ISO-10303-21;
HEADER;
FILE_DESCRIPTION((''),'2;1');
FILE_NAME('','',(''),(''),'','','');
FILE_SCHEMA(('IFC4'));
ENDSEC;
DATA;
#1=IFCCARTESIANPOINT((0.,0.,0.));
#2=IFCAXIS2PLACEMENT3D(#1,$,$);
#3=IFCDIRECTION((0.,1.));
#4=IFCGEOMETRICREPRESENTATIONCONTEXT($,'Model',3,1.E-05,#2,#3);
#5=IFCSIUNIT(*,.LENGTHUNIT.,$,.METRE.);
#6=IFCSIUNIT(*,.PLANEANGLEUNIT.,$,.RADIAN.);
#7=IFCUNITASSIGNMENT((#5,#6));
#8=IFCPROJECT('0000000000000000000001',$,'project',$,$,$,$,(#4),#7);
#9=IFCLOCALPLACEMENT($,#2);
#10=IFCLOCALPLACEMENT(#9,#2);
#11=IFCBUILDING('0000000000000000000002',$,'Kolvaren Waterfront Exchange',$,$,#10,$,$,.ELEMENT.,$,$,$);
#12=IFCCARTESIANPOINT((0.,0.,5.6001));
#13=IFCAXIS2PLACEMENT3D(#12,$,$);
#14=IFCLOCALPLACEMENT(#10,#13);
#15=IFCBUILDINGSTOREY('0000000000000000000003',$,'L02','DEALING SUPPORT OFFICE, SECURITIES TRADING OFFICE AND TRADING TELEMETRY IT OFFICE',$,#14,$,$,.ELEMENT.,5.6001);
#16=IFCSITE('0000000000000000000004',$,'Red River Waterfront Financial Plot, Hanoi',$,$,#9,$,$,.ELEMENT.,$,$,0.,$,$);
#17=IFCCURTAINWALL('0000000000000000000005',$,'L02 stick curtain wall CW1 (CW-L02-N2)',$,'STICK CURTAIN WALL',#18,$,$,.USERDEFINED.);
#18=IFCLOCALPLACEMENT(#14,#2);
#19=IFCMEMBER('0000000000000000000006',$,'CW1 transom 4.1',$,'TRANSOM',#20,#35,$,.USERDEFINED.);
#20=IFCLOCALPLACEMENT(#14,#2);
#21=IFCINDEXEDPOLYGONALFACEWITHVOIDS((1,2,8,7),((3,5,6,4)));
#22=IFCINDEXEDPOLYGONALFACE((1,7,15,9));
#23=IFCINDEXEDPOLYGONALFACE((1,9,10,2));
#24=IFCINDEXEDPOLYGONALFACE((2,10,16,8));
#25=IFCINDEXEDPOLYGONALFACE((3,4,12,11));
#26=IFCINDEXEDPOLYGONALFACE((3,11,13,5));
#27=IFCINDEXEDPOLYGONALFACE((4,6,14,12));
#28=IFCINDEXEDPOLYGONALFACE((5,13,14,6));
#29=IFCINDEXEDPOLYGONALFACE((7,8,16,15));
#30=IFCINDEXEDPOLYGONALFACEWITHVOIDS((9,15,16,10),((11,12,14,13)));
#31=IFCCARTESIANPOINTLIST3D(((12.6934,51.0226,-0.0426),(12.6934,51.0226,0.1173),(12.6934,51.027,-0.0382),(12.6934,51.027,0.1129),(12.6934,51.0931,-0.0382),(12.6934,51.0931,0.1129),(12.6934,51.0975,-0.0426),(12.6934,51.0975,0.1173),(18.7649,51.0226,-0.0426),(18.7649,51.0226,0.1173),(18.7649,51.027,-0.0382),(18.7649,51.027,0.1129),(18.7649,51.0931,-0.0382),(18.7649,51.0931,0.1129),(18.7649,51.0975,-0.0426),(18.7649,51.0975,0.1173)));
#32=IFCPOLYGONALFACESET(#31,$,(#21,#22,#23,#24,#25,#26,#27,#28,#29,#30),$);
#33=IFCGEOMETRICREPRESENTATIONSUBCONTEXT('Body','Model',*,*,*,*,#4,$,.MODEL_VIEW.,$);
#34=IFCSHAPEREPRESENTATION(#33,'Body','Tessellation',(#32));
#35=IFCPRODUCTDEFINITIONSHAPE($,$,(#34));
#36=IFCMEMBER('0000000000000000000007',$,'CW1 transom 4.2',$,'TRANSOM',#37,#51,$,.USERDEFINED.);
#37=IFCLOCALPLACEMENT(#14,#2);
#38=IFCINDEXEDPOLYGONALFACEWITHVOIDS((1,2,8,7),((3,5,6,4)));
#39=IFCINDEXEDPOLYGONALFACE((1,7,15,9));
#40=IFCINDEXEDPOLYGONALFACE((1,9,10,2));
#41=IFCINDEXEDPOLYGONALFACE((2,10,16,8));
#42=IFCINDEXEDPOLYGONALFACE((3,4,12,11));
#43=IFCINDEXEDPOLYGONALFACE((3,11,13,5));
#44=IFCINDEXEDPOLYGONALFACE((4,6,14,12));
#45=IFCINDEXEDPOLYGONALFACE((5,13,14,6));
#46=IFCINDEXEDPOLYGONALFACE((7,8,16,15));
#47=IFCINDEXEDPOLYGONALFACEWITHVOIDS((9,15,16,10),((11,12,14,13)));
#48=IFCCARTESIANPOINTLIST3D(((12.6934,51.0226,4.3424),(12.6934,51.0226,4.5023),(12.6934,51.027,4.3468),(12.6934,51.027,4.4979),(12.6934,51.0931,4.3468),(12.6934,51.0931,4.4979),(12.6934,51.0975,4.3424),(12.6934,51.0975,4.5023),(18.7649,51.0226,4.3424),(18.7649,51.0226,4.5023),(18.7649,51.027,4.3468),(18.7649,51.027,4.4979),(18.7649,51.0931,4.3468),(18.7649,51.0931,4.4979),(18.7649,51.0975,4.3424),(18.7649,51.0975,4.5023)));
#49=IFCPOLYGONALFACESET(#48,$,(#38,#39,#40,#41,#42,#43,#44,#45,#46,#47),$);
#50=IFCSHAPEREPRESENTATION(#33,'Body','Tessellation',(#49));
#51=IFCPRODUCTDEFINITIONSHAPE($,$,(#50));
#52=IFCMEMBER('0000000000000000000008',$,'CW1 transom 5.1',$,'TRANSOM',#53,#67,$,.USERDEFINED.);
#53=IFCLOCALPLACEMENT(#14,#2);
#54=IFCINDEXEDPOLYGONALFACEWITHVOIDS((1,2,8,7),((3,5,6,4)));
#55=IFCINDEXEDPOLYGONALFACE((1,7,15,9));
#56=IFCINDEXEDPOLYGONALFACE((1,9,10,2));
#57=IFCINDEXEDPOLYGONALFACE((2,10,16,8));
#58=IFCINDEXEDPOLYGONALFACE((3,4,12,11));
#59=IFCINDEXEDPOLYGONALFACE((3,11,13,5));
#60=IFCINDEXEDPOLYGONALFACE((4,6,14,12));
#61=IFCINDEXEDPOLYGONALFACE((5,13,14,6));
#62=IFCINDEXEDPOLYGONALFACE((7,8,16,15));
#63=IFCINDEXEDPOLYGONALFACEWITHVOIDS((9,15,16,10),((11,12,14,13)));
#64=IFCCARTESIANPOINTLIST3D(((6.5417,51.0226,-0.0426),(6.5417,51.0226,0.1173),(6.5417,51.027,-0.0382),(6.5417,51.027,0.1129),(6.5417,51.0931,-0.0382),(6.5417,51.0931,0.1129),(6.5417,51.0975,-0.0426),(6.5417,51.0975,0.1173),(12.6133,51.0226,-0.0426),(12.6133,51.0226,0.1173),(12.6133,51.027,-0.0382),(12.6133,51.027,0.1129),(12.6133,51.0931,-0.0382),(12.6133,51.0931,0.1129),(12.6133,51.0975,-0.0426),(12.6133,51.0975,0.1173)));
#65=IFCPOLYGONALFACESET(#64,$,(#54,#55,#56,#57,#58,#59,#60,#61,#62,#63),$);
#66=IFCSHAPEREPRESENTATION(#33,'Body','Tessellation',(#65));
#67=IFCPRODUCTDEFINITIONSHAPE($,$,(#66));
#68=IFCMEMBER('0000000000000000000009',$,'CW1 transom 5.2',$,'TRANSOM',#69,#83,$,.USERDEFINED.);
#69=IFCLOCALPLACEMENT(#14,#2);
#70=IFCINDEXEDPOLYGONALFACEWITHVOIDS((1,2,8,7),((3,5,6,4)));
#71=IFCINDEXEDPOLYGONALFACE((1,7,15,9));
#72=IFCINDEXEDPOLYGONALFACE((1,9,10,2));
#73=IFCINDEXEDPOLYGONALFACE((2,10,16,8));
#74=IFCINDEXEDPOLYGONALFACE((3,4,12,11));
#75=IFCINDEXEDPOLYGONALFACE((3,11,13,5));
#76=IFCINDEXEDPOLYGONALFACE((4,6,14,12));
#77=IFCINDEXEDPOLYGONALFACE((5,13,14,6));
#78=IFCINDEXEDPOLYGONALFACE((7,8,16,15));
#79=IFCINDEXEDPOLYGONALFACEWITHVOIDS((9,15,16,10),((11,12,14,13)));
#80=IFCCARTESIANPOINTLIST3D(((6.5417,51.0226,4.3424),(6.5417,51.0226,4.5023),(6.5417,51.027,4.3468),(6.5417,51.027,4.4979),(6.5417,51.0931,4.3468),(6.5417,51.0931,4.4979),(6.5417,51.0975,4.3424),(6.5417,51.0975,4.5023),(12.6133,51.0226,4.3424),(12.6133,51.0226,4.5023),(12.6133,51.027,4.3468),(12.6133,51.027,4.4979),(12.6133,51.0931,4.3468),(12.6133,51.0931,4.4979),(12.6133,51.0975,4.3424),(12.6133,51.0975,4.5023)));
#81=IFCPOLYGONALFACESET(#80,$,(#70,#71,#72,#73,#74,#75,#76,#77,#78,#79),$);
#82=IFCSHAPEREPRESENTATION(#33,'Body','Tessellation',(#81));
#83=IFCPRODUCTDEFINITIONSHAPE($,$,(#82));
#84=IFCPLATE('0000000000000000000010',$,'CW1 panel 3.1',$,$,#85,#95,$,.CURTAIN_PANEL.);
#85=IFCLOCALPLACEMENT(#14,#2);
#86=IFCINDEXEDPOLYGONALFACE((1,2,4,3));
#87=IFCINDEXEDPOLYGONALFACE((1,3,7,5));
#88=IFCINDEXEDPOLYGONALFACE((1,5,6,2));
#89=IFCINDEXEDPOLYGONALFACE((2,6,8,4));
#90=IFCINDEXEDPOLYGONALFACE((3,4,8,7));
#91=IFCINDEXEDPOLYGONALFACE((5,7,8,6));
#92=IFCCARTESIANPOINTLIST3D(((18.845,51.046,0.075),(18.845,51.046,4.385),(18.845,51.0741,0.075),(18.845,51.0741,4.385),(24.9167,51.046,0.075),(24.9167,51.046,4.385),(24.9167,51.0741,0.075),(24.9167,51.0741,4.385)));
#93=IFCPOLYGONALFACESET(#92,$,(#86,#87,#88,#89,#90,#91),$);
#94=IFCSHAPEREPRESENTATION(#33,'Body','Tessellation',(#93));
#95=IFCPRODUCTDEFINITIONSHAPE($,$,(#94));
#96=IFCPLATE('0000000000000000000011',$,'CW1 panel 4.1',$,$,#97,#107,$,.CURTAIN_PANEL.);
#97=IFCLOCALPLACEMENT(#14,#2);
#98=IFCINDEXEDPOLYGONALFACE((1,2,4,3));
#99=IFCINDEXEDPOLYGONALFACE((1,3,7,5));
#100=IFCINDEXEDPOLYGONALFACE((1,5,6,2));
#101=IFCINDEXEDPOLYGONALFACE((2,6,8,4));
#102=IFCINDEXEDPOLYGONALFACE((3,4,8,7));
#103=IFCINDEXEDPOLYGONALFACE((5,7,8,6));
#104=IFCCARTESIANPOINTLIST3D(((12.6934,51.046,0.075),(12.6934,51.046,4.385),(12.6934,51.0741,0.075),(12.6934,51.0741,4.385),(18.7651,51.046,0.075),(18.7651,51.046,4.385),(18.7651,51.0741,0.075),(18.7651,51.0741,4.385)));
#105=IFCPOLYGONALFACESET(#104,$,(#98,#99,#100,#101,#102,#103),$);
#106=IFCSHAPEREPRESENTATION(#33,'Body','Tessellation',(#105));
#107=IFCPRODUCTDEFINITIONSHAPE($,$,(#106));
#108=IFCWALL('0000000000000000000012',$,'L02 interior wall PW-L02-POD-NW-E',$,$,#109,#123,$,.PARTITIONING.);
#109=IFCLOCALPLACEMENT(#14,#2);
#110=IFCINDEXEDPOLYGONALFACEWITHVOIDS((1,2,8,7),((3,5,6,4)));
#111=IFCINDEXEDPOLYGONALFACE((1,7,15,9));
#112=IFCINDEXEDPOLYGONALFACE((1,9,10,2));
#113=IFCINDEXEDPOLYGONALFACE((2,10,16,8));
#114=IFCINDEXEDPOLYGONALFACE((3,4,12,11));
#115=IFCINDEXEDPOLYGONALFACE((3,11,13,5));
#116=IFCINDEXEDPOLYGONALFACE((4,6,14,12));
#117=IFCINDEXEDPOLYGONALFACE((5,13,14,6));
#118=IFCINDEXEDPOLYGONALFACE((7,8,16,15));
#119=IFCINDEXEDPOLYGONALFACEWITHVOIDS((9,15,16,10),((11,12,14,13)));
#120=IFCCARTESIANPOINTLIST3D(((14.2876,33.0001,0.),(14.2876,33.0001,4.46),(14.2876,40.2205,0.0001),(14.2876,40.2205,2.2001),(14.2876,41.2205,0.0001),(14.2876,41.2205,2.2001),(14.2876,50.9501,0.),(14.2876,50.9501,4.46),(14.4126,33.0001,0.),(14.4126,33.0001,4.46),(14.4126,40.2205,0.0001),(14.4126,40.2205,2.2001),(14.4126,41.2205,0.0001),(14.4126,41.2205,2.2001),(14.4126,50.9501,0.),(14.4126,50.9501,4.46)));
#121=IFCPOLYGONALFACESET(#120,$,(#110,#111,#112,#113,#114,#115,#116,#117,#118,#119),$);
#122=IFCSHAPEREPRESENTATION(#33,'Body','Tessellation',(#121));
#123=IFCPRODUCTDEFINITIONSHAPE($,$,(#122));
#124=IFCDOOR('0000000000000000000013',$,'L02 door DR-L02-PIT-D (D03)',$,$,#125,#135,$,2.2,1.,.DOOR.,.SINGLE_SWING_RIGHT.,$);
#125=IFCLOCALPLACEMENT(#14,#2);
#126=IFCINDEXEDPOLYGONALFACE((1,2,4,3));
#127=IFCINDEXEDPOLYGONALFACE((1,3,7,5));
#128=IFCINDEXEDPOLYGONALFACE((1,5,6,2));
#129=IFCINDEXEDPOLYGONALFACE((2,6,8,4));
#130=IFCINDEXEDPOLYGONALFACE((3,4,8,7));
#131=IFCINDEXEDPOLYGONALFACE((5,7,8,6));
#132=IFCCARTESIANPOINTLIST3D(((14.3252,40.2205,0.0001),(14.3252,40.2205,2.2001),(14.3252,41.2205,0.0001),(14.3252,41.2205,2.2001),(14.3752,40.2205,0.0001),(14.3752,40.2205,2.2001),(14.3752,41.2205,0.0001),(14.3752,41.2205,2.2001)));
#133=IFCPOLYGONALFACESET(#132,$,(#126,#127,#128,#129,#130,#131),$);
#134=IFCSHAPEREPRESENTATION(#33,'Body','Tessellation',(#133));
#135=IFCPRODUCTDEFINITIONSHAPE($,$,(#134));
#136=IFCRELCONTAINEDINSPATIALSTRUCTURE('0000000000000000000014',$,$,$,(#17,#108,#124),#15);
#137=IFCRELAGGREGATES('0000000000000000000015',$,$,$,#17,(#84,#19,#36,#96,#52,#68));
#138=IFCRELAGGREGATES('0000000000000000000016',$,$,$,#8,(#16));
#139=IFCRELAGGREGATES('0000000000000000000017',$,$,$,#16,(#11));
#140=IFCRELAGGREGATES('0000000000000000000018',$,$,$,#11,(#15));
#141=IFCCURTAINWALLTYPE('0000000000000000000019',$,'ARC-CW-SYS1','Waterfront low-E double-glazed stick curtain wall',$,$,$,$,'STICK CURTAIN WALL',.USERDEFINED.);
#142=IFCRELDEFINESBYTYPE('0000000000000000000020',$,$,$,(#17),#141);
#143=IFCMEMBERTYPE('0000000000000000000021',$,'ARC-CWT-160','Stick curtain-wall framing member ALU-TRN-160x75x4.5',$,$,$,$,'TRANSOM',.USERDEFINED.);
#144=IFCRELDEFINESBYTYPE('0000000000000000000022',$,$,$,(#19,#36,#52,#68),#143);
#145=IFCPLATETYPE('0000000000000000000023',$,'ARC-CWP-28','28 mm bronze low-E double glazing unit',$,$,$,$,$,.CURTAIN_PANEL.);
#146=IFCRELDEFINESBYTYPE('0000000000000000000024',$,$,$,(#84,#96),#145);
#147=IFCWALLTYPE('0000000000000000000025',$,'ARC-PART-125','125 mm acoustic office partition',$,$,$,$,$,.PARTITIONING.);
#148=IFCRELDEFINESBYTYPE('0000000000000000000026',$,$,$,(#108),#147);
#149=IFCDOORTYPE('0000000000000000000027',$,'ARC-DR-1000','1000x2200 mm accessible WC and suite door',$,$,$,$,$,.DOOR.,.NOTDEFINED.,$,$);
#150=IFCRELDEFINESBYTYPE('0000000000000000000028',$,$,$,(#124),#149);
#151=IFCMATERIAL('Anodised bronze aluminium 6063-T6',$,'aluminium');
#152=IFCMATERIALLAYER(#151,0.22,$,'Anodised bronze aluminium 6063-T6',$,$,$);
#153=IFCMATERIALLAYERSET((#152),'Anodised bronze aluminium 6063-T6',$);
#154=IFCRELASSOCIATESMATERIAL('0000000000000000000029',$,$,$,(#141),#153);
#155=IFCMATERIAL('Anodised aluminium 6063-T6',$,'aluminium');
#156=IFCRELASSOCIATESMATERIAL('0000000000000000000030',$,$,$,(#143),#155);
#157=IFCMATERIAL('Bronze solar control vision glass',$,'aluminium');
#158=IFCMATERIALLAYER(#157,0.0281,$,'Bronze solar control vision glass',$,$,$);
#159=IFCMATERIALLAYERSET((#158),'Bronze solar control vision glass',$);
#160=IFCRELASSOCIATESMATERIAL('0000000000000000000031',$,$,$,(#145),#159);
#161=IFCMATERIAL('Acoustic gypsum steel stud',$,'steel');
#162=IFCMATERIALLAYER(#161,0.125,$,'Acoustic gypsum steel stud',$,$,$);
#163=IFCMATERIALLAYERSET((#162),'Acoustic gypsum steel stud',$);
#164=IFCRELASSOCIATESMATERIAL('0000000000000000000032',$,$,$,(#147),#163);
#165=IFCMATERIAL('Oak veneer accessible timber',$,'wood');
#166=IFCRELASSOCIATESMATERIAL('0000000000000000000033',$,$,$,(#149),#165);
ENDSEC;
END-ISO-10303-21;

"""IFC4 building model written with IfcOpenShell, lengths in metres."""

from ifc_helpers import new_model, si_unit, direction, frame, frame_2d, origin, origin_with_axes, origin_2d, place, context, subcontext, project, spatial, rectangle, hollow_rectangle, extrude, source, transform, mapped, material, layer, layer_set, material_profile, profile_set, type_object, element, fill, aggregate, save


model = new_model("IFC4")

# Units and contexts
model_context = context("Model", 3, precision=1e-05, world=origin(), true_north=direction((0.0, 1.0)))
body_context = subcontext(model_context, "Body", "Model", "MODEL_VIEW")
ifc_project = project(units=[si_unit("LENGTHUNIT", "METRE"), si_unit("PLANEANGLEUNIT", "RADIAN")], contexts=[model_context])

# Site, building, storey
site_placement = place(None, origin())
site = spatial("IfcSite", under=ifc_project, at=site_placement, Name="Red River Waterfront Financial Plot, Hanoi", CompositionType="ELEMENT", RefElevation=0.0)
building_placement = place(site_placement, origin())
building = spatial("IfcBuilding", under=site, at=building_placement, Name="Kolvaren Waterfront Exchange", CompositionType="ELEMENT")
storey_placement = place(building_placement, frame((0.0, 0.0, 5.6001)))
storey = spatial("IfcBuildingStorey", under=building, at=storey_placement, Name="L02", Description="DEALING SUPPORT OFFICE, SECURITIES TRADING OFFICE AND TRADING TELEMETRY IT OFFICE", CompositionType="ELEMENT", Elevation=5.6001)

# Curtain wall, members, plates
ifc_material_1 = material(Name="Anodised bronze aluminium 6063-T6", Category="aluminium")
ifc_layer_1 = layer(ifc_material_1, 0.22, Name="Anodised bronze aluminium 6063-T6")
ifc_layer_set_1 = layer_set([ifc_layer_1], Name="Anodised bronze aluminium 6063-T6")
curtain_wall_type = type_object("IfcCurtainWallType", Name="ARC-CW-SYS1", Description="Waterfront low-E double-glazed stick curtain wall", ElementType="STICK CURTAIN WALL", PredefinedType="USERDEFINED", material=ifc_layer_set_1)
curtain_wall_placement = place(storey_placement, origin())
curtain_wall = element("IfcCurtainWall", 1, at=curtain_wall_placement, inside=storey, type_object=curtain_wall_type, Name="L02 stick curtain wall CW1 (CW-L02-N2)", ObjectType="STICK CURTAIN WALL", PredefinedType="USERDEFINED")
ifc_material_2 = material(Name="Anodised aluminium 6063-T6", Category="aluminium")
ifc_material_profile_1 = material_profile(ifc_material_2, hollow_rectangle(XDim=0.075, YDim=0.1599, WallThickness=0.0044, at=origin_2d()), Name="ALU-TRN-160x75x4.5")
ifc_profile_set_1 = profile_set([ifc_material_profile_1], Name="Anodised aluminium 6063-T6")
member_type_1 = type_object("IfcMemberType", Name="ARC-CWT-160", Description="Stick curtain-wall framing member ALU-TRN-160x75x4.5", ElementType="TRANSOM", PredefinedType="USERDEFINED", material=ifc_profile_set_1)
shared_shape_1 = source(origin_with_axes(), body_context, "Body", "SweptSolid", [
    extrude(hollow_rectangle(XDim=0.075, YDim=0.1599, WallThickness=0.0044, at=origin_2d()), origin(), (0.0, 0.0, 1.0), 6.0715),
])
member_1_placement = place(storey_placement, frame((18.7649, 51.0601, 0.0374), z_axis=(-1.0, 0.0, 0.0), x_axis=(0.0, -1.0, 0.0)))
member_1 = element("IfcMember", 2, at=member_1_placement, type_object=member_type_1, Name="CW1 transom 4.1", ObjectType="TRANSOM", PredefinedType="USERDEFINED", context=body_context, shape_type="MappedRepresentation", body=[
    mapped(shared_shape_1, transform((0.0, 0.0, 0.0), x_axis=(1.0, 0.0, 0.0), y_axis=(0.0, 1.0, 0.0), z_axis=(0.0, 0.0, 1.0), scale=1.0)),
])
member_2_placement = place(storey_placement, frame((18.7649, 51.0601, 4.4224), z_axis=(-1.0, 0.0, 0.0), x_axis=(0.0, -1.0, 0.0)))
member_2 = element("IfcMember", 3, at=member_2_placement, type_object=member_type_1, Name="CW1 transom 4.2", ObjectType="TRANSOM", PredefinedType="USERDEFINED", context=body_context, shape_type="MappedRepresentation", body=[
    mapped(shared_shape_1, transform((0.0, 0.0, 0.0), x_axis=(1.0, 0.0, 0.0), y_axis=(0.0, 1.0, 0.0), z_axis=(0.0, 0.0, 1.0), scale=1.0)),
])
member_3_placement = place(storey_placement, frame((12.6133, 51.0601, 0.0374), z_axis=(-1.0, 0.0, 0.0), x_axis=(0.0, -1.0, 0.0)))
member_3 = element("IfcMember", 4, at=member_3_placement, type_object=member_type_1, Name="CW1 transom 5.1", ObjectType="TRANSOM", PredefinedType="USERDEFINED", context=body_context, shape_type="MappedRepresentation", body=[
    mapped(shared_shape_1, transform((0.0, 0.0, 0.0), x_axis=(1.0, 0.0, 0.0), y_axis=(0.0, 1.0, 0.0), z_axis=(0.0, 0.0, 1.0), scale=1.0)),
])
member_4_placement = place(storey_placement, frame((12.6133, 51.0601, 4.4224), z_axis=(-1.0, 0.0, 0.0), x_axis=(0.0, -1.0, 0.0)))
member_4 = element("IfcMember", 5, at=member_4_placement, type_object=member_type_1, Name="CW1 transom 5.2", ObjectType="TRANSOM", PredefinedType="USERDEFINED", context=body_context, shape_type="MappedRepresentation", body=[
    mapped(shared_shape_1, transform((0.0, 0.0, 0.0), x_axis=(1.0, 0.0, 0.0), y_axis=(0.0, 1.0, 0.0), z_axis=(0.0, 0.0, 1.0), scale=1.0)),
])
ifc_material_3 = material(Name="Bronze solar control vision glass", Category="aluminium")
ifc_layer_2 = layer(ifc_material_3, 0.0281, Name="Bronze solar control vision glass")
ifc_layer_set_2 = layer_set([ifc_layer_2], Name="Bronze solar control vision glass")
plate_type = type_object("IfcPlateType", Name="ARC-CWP-28", Description="28 mm bronze low-E double glazing unit", PredefinedType="CURTAIN_PANEL", material=ifc_layer_set_2)
shared_shape_2 = source(origin_with_axes(), body_context, "Body", "SweptSolid", [
    extrude(rectangle(XDim=6.0718, YDim=0.0281, at=origin_2d()), origin(), (0.0, 0.0, 1.0), 4.3101),
])
plate_1_placement = place(storey_placement, frame((21.8809, 51.0601, 0.075), z_axis=(0.0, 0.0, 1.0), x_axis=(-1.0, 0.0, 0.0)))
plate_1 = element("IfcPlate", 6, at=plate_1_placement, type_object=plate_type, Name="CW1 panel 3.1", PredefinedType="CURTAIN_PANEL", context=body_context, shape_type="MappedRepresentation", body=[
    mapped(shared_shape_2, transform((0.0, 0.0, 0.0), x_axis=(1.0, 0.0, 0.0), y_axis=(0.0, 1.0, 0.0), z_axis=(0.0, 0.0, 1.0), scale=1.0)),
])
plate_2_placement = place(storey_placement, frame((15.7292, 51.0601, 0.075), z_axis=(0.0, 0.0, 1.0), x_axis=(-1.0, 0.0, 0.0)))
plate_2 = element("IfcPlate", 7, at=plate_2_placement, type_object=plate_type, Name="CW1 panel 4.1", PredefinedType="CURTAIN_PANEL", context=body_context, shape_type="MappedRepresentation", body=[
    mapped(shared_shape_2, transform((0.0, 0.0, 0.0), x_axis=(1.0, 0.0, 0.0), y_axis=(0.0, 1.0, 0.0), z_axis=(0.0, 0.0, 1.0), scale=1.0)),
])
aggregate(curtain_wall, [plate_1, member_1, member_2, plate_2, member_3, member_4])

# Wall, opening, door
ifc_material_4 = material(Name="Acoustic gypsum steel stud", Category="steel")
ifc_layer_3 = layer(ifc_material_4, 0.125, Name="Acoustic gypsum steel stud")
ifc_layer_set_3 = layer_set([ifc_layer_3], Name="Acoustic gypsum steel stud")
wall_type_1 = type_object("IfcWallType", Name="ARC-PART-125", Description="125 mm acoustic office partition", PredefinedType="PARTITIONING", material=ifc_layer_set_3)
wall_1_placement = place(storey_placement, frame((14.3501, 33.0, 0.0), z_axis=(0.0, 0.0, 1.0), x_axis=(0.0, 1.0, 0.0)))
wall_1 = element("IfcWall", 8, at=wall_1_placement, inside=storey, type_object=wall_type_1, Name="L02 interior wall PW-L02-POD-NW-E", PredefinedType="PARTITIONING", context=body_context, shape_type="SweptSolid", body=[
    extrude(rectangle(XDim=17.95, YDim=0.125, at=frame_2d((8.9751, 0.0))), origin(), (0.0, 0.0, 1.0), 4.46),
])
opening_1_placement = place(wall_1_placement, frame((7.2205, 0.0, 0.0)))
opening_1 = element("IfcOpeningElement", 9, at=opening_1_placement, cuts=wall_1, PredefinedType="OPENING", context=body_context, shape_type="SweptSolid", body=[
    extrude(rectangle(XDim=1.0, YDim=2.2, at=frame_2d((0.5, 1.1001))), frame((0.0, 0.0725, 0.0), z_axis=(0.0, -1.0, 0.0), x_axis=(1.0, 0.0, 0.0)), (0.0, 0.0, 1.0), 0.145),
])
ifc_material_5 = material(Name="Oak veneer accessible timber", Category="wood")
door_type_1 = type_object("IfcDoorType", Name="ARC-DR-1000", Description="1000x2200 mm accessible WC and suite door", OperationType="NOTDEFINED", PredefinedType="DOOR", material=ifc_material_5)
door_1_placement = place(opening_1_placement, origin())
door_1 = element("IfcDoor", 10, at=door_1_placement, inside=storey, type_object=door_type_1, Name="L02 door DR-L02-PIT-D (D03)", OperationType="SINGLE_SWING_RIGHT", OverallHeight=2.2, OverallWidth=1.0, PredefinedType="DOOR", context=body_context, shape_type="SweptSolid", body=[
    extrude(rectangle(XDim=1.0, YDim=2.2, at=frame_2d((0.5, 1.1001))), frame((0.0, 0.0249, 0.0), z_axis=(0.0, -1.0, 0.0), x_axis=(1.0, 0.0, 0.0)), (0.0, 0.0, 1.0), 0.05),
])
fill(opening_1, door_1)

save(model, "model.ifc")
